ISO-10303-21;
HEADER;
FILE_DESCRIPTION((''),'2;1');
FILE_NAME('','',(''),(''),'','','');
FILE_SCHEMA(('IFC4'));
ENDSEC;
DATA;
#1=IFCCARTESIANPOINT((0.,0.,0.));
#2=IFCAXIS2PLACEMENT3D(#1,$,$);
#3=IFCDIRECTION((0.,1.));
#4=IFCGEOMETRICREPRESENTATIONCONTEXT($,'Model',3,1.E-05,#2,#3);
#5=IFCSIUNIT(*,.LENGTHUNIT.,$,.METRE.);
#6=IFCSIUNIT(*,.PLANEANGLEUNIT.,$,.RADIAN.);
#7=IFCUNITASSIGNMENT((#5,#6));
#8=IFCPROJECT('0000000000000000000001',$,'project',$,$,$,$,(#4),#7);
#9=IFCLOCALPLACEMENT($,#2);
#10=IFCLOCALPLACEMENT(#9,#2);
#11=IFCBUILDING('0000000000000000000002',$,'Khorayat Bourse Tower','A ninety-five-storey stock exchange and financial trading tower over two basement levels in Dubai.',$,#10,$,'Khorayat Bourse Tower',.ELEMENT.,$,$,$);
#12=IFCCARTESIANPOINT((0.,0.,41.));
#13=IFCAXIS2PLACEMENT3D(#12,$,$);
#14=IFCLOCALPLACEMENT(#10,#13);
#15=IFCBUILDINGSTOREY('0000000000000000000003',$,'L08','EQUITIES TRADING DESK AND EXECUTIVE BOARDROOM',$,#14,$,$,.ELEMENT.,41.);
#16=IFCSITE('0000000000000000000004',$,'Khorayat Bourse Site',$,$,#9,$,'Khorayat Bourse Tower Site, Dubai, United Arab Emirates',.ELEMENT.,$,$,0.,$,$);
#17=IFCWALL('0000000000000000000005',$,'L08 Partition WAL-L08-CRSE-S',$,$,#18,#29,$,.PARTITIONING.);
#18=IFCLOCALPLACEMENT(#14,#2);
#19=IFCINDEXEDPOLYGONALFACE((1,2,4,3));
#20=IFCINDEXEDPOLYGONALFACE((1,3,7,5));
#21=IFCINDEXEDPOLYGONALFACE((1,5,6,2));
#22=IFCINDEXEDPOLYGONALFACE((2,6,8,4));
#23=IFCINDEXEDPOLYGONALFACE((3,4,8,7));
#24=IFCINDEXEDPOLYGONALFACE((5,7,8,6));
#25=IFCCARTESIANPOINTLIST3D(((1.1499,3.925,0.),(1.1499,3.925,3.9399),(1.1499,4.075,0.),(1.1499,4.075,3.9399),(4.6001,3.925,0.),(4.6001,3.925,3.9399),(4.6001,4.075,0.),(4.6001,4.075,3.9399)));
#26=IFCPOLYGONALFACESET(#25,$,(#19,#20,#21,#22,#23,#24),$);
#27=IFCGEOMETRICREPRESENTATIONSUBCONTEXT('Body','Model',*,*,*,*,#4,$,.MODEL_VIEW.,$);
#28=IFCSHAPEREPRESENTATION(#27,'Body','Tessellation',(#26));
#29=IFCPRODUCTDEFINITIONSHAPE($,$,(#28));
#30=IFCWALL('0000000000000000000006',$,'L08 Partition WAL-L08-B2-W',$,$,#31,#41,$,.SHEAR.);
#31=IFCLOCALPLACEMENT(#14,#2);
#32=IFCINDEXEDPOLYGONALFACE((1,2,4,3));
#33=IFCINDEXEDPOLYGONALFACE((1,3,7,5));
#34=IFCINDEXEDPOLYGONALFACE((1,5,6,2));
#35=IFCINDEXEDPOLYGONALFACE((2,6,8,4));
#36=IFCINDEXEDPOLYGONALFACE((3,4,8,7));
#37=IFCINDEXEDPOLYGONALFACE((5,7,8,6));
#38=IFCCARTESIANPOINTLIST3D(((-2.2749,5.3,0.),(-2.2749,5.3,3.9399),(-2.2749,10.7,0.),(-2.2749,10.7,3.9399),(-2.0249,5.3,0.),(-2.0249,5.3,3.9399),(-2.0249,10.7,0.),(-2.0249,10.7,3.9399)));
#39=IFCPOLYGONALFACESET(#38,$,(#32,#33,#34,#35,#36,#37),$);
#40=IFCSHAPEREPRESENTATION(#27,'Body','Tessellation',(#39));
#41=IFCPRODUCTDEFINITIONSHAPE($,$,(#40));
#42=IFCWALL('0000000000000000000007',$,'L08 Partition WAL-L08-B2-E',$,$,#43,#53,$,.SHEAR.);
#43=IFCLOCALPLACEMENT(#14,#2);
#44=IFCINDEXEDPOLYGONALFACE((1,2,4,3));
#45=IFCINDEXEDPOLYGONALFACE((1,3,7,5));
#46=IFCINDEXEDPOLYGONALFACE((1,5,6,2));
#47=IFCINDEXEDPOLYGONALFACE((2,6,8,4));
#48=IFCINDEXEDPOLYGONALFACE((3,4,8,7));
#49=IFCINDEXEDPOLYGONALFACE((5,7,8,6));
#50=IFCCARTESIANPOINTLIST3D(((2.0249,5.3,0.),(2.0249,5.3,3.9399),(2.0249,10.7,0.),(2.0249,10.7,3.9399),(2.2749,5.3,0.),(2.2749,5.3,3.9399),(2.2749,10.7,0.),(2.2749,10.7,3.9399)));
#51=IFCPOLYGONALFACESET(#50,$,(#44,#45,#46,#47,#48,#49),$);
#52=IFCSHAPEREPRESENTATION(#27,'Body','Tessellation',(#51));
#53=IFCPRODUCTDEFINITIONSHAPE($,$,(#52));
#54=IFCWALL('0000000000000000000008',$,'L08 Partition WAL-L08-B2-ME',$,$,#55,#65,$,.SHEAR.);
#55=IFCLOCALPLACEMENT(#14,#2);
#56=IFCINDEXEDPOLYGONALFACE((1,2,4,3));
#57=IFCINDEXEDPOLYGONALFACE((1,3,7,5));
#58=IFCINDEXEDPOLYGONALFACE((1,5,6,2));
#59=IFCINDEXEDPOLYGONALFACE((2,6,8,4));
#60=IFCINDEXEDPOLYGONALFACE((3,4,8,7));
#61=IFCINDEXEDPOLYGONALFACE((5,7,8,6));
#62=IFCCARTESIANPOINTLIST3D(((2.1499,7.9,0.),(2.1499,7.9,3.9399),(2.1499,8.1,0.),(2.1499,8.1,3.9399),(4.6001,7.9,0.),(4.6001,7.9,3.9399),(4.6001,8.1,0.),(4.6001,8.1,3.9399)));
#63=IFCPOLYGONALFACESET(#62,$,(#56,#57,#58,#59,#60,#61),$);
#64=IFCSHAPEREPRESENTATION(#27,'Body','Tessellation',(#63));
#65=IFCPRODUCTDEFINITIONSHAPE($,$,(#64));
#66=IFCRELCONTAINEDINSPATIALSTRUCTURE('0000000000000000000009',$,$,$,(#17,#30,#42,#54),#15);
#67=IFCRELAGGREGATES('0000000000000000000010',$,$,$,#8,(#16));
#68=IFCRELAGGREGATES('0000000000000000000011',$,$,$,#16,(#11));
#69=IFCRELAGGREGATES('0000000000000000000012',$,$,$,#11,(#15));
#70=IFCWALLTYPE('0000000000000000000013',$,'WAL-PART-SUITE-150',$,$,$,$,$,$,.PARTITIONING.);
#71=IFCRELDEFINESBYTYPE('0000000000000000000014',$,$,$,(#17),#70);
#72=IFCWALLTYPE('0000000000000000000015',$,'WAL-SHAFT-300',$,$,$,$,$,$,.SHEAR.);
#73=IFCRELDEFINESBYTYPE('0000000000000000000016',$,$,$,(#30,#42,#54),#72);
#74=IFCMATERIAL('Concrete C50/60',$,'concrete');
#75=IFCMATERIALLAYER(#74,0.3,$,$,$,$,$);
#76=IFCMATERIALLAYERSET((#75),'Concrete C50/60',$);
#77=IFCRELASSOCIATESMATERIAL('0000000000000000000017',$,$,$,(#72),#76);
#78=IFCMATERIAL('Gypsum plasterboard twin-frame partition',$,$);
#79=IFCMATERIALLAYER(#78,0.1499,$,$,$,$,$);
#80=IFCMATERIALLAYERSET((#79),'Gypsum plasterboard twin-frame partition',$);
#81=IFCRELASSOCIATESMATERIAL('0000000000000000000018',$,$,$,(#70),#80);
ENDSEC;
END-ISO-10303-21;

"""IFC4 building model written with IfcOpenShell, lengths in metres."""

from ifc_helpers import new_model, si_unit, direction, frame, frame_2d, origin, place, context, subcontext, project, spatial, rectangle, extrude, source, transform, mapped, material, layer, layer_set, type_object, element, save


model = new_model("IFC4")

# Units and contexts
model_context = context("Model", 3, precision=1e-05, world=origin(), true_north=direction((0.0, 1.0)))
body_context = subcontext(model_context, "Body", "Model", "MODEL_VIEW")
ifc_project = project(units=[si_unit("LENGTHUNIT", "METRE"), si_unit("PLANEANGLEUNIT", "RADIAN")], contexts=[model_context])

# Site, building, storey
site_placement = place(None, origin())
site = spatial("IfcSite", under=ifc_project, at=site_placement, Name="Khorayat Bourse Site", LongName="Khorayat Bourse Tower Site, Dubai, United Arab Emirates", CompositionType="ELEMENT", RefElevation=0.0)
building_placement = place(site_placement, origin())
building = spatial("IfcBuilding", under=site, at=building_placement, Name="Khorayat Bourse Tower", Description="A ninety-five-storey stock exchange and financial trading tower over two basement levels in Dubai.", LongName="Khorayat Bourse Tower", CompositionType="ELEMENT")
storey_placement = place(building_placement, frame((0.0, 0.0, 41.0)))
storey = spatial("IfcBuildingStorey", under=building, at=storey_placement, Name="L08", Description="EQUITIES TRADING DESK AND EXECUTIVE BOARDROOM", CompositionType="ELEMENT", Elevation=41.0)

# Shared definitions
ifc_material_1 = material(Name="Concrete C50/60", Category="concrete")
ifc_layer_1 = layer(ifc_material_1, 0.3)
ifc_layer_set_1 = layer_set([ifc_layer_1], Name="Concrete C50/60")
wall_type_1 = type_object("IfcWallType", Name="WAL-SHAFT-300", PredefinedType="SHEAR", material=ifc_layer_set_1)

# Walls
ifc_material_2 = material(Name="Gypsum plasterboard twin-frame partition")
ifc_layer_2 = layer(ifc_material_2, 0.1499)
ifc_layer_set_2 = layer_set([ifc_layer_2], Name="Gypsum plasterboard twin-frame partition")
wall_type_2 = type_object("IfcWallType", Name="WAL-PART-SUITE-150", PredefinedType="PARTITIONING", material=ifc_layer_set_2)
shared_shape_1 = source(origin(), body_context, "Body", "SweptSolid", [
    extrude(rectangle(XDim=3.4502, YDim=0.1499, at=frame_2d((1.7251, 0.0))), origin(), (0.0, 0.0, 1.0), 3.9399),
])
wall_1_placement = place(storey_placement, frame((1.1499, 4.0, 0.0), z_axis=(0.0, 0.0, 1.0), x_axis=(1.0, 0.0, 0.0)))
element("IfcWall", 1, at=wall_1_placement, inside=storey, type_object=wall_type_2, Name="L08 Partition WAL-L08-CRSE-S", PredefinedType="PARTITIONING", context=body_context, shape_type="MappedRepresentation", body=[
    mapped(shared_shape_1, transform((0.0, 0.0, 0.0), scale=1.0)),
])
shared_shape_2 = source(origin(), body_context, "Body", "SweptSolid", [
    extrude(rectangle(XDim=5.3999, YDim=0.25, at=frame_2d((2.7, 0.0))), origin(), (0.0, 0.0, 1.0), 3.9399),
])
for number, where, z_axis, x_axis, name in (
    (2, (-2.1499, 5.3, 0.0), (0.0, 0.0, 1.0), (0.0, 1.0, 0.0), "L08 Partition WAL-L08-B2-W"),
    (3, (2.1499, 5.3, 0.0), (0.0, 0.0, 1.0), (0.0, 1.0, 0.0), "L08 Partition WAL-L08-B2-E"),
):
    element("IfcWall", number, at=place(storey_placement, frame(where, z_axis=z_axis, x_axis=x_axis)), inside=storey, type_object=wall_type_1, Name=name, PredefinedType="SHEAR", context=body_context, shape_type="MappedRepresentation", body=[
        mapped(shared_shape_2, transform((0.0, 0.0, 0.0), scale=1.0)),
    ])
shared_shape_3 = source(origin(), body_context, "Body", "SweptSolid", [
    extrude(rectangle(XDim=2.4502, YDim=0.2, at=frame_2d((1.2251, 0.0))), origin(), (0.0, 0.0, 1.0), 3.9399),
])
wall_2_placement = place(storey_placement, frame((2.1499, 8.0, 0.0), z_axis=(0.0, 0.0, 1.0), x_axis=(1.0, 0.0, 0.0)))
element("IfcWall", 4, at=wall_2_placement, inside=storey, type_object=wall_type_1, Name="L08 Partition WAL-L08-B2-ME", PredefinedType="SHEAR", context=body_context, shape_type="MappedRepresentation", body=[
    mapped(shared_shape_3, transform((0.0, 0.0, 0.0), scale=1.0)),
])

save(model, "model.ifc")
